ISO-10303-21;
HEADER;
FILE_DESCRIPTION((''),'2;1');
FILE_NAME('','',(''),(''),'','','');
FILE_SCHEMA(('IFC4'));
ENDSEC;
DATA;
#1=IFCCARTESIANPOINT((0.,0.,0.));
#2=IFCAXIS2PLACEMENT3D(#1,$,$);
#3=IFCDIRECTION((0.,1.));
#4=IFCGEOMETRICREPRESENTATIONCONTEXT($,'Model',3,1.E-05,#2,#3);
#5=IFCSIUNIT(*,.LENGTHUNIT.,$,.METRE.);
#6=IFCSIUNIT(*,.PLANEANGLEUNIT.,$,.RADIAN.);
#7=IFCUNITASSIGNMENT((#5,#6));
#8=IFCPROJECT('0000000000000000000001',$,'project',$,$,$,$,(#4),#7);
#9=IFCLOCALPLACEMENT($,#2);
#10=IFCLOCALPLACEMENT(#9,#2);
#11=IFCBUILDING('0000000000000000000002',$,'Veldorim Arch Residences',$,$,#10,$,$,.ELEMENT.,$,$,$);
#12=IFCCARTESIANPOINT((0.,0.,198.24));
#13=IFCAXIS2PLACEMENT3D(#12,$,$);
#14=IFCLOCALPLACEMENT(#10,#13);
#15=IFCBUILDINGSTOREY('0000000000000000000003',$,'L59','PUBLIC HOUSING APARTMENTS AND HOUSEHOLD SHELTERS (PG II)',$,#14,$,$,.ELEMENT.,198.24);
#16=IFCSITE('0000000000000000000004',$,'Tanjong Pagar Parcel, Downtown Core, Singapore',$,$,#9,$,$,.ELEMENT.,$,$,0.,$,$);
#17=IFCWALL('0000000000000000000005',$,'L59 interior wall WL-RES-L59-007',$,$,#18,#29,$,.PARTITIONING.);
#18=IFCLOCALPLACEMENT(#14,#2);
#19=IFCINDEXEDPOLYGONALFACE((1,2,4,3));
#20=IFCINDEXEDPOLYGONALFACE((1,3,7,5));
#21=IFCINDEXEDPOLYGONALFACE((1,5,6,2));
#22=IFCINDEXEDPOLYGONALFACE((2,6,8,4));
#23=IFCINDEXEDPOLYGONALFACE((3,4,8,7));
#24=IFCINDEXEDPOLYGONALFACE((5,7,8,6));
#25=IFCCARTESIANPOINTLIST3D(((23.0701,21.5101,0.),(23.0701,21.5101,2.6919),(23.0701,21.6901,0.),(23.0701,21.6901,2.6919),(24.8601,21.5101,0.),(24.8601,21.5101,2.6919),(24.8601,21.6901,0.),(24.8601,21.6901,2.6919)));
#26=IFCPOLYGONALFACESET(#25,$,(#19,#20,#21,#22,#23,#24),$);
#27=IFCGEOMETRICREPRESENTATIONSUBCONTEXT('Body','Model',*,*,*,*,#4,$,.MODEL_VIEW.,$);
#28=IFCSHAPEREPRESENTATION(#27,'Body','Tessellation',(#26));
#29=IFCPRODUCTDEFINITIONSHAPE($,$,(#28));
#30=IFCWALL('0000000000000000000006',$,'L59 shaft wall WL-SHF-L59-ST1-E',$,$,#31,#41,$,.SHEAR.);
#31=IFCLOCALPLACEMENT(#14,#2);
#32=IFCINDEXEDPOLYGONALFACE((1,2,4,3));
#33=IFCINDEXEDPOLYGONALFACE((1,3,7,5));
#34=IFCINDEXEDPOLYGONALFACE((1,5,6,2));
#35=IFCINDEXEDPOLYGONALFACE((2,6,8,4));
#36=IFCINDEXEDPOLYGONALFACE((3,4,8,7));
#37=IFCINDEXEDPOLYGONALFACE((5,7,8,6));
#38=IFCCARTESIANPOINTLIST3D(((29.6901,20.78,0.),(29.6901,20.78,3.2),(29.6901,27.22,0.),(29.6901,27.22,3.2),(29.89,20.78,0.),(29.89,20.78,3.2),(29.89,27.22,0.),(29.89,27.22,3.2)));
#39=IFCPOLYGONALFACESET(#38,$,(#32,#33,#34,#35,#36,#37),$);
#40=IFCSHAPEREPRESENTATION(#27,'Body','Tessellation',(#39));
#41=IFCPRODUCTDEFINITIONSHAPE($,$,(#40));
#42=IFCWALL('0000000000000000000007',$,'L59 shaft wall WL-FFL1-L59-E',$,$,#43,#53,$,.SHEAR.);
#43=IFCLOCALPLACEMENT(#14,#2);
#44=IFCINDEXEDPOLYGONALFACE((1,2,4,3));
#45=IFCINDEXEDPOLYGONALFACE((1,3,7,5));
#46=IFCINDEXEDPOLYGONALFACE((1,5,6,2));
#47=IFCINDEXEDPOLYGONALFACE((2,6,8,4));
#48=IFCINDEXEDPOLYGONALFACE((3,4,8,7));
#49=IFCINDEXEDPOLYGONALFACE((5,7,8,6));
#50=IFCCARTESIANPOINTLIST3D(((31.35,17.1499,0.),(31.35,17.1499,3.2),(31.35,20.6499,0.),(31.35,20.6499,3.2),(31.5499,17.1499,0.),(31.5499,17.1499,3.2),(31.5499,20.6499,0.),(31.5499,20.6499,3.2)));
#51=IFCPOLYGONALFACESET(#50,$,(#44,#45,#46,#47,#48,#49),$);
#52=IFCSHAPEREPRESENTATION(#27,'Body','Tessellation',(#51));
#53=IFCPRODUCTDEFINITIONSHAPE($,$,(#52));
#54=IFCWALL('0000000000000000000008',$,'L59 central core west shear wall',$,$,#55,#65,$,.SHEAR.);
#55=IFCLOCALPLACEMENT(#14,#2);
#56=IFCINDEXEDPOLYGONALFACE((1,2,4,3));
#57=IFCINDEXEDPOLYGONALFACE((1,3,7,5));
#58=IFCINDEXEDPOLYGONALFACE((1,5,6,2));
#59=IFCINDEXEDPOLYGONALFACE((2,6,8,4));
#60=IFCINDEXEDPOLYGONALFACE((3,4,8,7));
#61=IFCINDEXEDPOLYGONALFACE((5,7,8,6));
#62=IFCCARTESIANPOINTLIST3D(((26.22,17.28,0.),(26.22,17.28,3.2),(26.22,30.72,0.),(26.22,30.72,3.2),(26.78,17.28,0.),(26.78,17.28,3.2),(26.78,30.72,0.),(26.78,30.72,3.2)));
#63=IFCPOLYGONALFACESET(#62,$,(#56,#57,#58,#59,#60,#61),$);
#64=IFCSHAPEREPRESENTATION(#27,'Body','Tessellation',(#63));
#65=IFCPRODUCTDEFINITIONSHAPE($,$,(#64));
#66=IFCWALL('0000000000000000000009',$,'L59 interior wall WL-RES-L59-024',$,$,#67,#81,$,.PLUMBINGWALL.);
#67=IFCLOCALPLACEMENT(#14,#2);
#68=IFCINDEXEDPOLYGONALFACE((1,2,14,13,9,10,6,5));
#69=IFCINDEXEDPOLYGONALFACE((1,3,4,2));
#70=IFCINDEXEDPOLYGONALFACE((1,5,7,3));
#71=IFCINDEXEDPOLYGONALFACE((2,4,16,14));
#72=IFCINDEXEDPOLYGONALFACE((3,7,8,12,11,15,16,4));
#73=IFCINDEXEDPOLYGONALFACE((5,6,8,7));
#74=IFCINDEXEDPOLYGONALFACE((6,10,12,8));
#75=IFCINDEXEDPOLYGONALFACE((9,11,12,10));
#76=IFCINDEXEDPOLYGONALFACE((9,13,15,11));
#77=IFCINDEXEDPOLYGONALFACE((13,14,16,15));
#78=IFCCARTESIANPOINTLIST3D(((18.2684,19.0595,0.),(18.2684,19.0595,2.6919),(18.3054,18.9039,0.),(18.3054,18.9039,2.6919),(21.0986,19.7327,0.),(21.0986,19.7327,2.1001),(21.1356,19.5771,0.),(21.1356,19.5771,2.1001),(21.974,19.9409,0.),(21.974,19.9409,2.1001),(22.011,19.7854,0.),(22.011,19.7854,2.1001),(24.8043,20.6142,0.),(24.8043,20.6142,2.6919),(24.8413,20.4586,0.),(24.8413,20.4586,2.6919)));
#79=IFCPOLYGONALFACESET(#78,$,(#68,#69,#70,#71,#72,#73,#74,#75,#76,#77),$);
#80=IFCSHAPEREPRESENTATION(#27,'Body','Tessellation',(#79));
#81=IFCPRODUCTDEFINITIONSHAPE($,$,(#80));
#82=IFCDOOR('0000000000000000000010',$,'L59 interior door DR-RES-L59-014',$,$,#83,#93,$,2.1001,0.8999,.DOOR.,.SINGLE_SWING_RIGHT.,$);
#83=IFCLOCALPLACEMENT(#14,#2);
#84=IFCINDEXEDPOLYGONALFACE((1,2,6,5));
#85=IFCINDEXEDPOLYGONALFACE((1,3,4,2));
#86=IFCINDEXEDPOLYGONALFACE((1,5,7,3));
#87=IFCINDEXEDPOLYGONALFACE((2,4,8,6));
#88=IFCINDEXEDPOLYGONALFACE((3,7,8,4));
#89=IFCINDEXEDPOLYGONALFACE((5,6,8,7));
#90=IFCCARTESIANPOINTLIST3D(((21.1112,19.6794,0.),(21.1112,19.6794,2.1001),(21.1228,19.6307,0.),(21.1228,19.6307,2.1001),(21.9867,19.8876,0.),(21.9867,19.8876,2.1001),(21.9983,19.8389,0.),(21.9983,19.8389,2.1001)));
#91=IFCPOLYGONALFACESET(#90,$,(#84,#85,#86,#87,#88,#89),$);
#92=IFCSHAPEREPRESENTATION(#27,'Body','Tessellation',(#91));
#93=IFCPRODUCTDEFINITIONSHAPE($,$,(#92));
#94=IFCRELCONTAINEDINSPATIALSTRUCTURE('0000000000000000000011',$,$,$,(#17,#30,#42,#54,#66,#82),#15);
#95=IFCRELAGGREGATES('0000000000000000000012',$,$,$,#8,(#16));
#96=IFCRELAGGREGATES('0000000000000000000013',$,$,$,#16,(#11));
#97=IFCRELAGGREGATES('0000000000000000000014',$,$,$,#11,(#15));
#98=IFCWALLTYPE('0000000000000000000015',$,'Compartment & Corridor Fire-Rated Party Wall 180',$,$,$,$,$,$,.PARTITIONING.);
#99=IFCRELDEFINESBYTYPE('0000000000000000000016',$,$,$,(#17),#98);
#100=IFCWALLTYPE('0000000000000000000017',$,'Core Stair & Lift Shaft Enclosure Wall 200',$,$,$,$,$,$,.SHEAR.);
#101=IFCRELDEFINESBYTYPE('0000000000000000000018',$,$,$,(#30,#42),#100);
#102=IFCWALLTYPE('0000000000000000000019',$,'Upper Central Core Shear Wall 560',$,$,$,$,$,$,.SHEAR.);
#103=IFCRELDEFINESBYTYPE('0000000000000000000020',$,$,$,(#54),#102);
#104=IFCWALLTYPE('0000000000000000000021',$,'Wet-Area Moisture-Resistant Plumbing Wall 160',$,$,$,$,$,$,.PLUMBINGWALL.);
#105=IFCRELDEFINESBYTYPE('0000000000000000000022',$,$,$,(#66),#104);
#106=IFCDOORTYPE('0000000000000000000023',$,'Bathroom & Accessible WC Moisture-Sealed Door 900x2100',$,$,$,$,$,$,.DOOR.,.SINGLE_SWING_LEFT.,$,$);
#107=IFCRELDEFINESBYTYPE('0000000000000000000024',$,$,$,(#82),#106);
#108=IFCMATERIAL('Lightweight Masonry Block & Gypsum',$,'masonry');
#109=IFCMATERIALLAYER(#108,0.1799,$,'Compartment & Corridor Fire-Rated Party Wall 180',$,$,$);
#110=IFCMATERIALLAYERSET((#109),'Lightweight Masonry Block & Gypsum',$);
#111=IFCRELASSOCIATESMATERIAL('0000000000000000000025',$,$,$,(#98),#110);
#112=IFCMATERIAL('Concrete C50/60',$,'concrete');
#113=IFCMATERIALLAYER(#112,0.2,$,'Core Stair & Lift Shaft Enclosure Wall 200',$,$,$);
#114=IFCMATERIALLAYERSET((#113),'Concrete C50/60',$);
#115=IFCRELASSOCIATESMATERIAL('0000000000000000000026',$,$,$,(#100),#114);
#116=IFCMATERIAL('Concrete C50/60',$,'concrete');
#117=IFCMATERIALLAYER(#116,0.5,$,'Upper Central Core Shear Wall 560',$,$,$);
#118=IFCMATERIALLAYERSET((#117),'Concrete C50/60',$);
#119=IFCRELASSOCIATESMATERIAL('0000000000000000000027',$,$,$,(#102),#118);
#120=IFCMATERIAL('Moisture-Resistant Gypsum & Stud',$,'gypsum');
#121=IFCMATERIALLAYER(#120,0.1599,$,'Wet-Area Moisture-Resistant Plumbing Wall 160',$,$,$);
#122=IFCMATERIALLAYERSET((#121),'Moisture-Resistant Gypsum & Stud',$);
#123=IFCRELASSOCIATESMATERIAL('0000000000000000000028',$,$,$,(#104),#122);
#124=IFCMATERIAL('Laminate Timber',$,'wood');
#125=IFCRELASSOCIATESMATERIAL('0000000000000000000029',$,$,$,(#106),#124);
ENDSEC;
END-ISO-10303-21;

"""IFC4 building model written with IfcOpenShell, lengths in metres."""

from ifc_helpers import new_model, si_unit, direction, frame, frame_2d, origin, place, context, subcontext, project, spatial, rectangle, extrude, material, layer, layer_set, type_object, element, fill, save


model = new_model("IFC4")

# Units and contexts
model_context = context("Model", 3, precision=1e-05, world=origin(), true_north=direction((0.0, 1.0)))
body_context = subcontext(model_context, "Body", "Model", "MODEL_VIEW")
ifc_project = project(units=[si_unit("LENGTHUNIT", "METRE"), si_unit("PLANEANGLEUNIT", "RADIAN")], contexts=[model_context])

# Site, building, storey
site_placement = place(None, origin())
site = spatial("IfcSite", under=ifc_project, at=site_placement, Name="Tanjong Pagar Parcel, Downtown Core, Singapore", CompositionType="ELEMENT", RefElevation=0.0)
building_placement = place(site_placement, origin())
building = spatial("IfcBuilding", under=site, at=building_placement, Name="Veldorim Arch Residences", CompositionType="ELEMENT")
storey_placement = place(building_placement, frame((0.0, 0.0, 198.24)))
storey = spatial("IfcBuildingStorey", under=building, at=storey_placement, Name="L59", Description="PUBLIC HOUSING APARTMENTS AND HOUSEHOLD SHELTERS (PG II)", CompositionType="ELEMENT", Elevation=198.24)

# Wall
ifc_material_1 = material(Name="Lightweight Masonry Block & Gypsum", Category="masonry")
ifc_layer_1 = layer(ifc_material_1, 0.1799, Name="Compartment & Corridor Fire-Rated Party Wall 180")
ifc_layer_set_1 = layer_set([ifc_layer_1], Name="Lightweight Masonry Block & Gypsum")
wall_type_1 = type_object("IfcWallType", Name="Compartment & Corridor Fire-Rated Party Wall 180", PredefinedType="PARTITIONING", material=ifc_layer_set_1)
wall_1_placement = place(storey_placement, frame((24.8601, 21.6001, 0.0), z_axis=(0.0, 0.0, 1.0), x_axis=(-1.0, 0.0, 0.0)))
element("IfcWall", 1, at=wall_1_placement, inside=storey, type_object=wall_type_1, Name="L59 interior wall WL-RES-L59-007", PredefinedType="PARTITIONING", context=body_context, shape_type="SweptSolid", body=[
    extrude(rectangle(XDim=1.79, YDim=0.1799, at=frame_2d((0.895, 0.0))), origin(), (0.0, 0.0, 1.0), 2.6919),
])

# Wall
ifc_material_2 = material(Name="Concrete C50/60", Category="concrete")
ifc_layer_2 = layer(ifc_material_2, 0.2, Name="Core Stair & Lift Shaft Enclosure Wall 200")
ifc_layer_set_2 = layer_set([ifc_layer_2], Name="Concrete C50/60")
wall_type_2 = type_object("IfcWallType", Name="Core Stair & Lift Shaft Enclosure Wall 200", PredefinedType="SHEAR", material=ifc_layer_set_2)
wall_2_placement = place(storey_placement, frame((29.79, 20.78, 0.0), z_axis=(0.0, 0.0, 1.0), x_axis=(0.0, 1.0, 0.0)))
element("IfcWall", 2, at=wall_2_placement, inside=storey, type_object=wall_type_2, Name="L59 shaft wall WL-SHF-L59-ST1-E", PredefinedType="SHEAR", context=body_context, shape_type="SweptSolid", body=[
    extrude(rectangle(XDim=6.4399, YDim=0.2, at=frame_2d((3.22, 0.0))), origin(), (0.0, 0.0, 1.0), 3.2),
])

# Wall
wall_3_placement = place(storey_placement, frame((31.45, 17.1499, 0.0), z_axis=(0.0, 0.0, 1.0), x_axis=(0.0, 1.0, 0.0)))
element("IfcWall", 3, at=wall_3_placement, inside=storey, type_object=wall_type_2, Name="L59 shaft wall WL-FFL1-L59-E", PredefinedType="SHEAR", context=body_context, shape_type="SweptSolid", body=[
    extrude(rectangle(XDim=3.5, YDim=0.2, at=frame_2d((1.75, 0.0))), origin(), (0.0, 0.0, 1.0), 3.2),
])

# Shared definitions
ifc_material_3 = material(Name="Concrete C50/60", Category="concrete")
ifc_layer_3 = layer(ifc_material_3, 0.5, Name="Upper Central Core Shear Wall 560")
ifc_layer_set_3 = layer_set([ifc_layer_3], Name="Concrete C50/60")
wall_type_3 = type_object("IfcWallType", Name="Upper Central Core Shear Wall 560", PredefinedType="SHEAR", material=ifc_layer_set_3)

# Wall
wall_4_placement = place(storey_placement, frame((26.5, 17.28, 0.0), z_axis=(0.0, 0.0, 1.0), x_axis=(0.0, 1.0, 0.0)))
element("IfcWall", 4, at=wall_4_placement, inside=storey, type_object=wall_type_3, Name="L59 central core west shear wall", PredefinedType="SHEAR", context=body_context, shape_type="SweptSolid", body=[
    extrude(rectangle(XDim=13.4399, YDim=0.5601, at=frame_2d((6.72, 0.0))), origin(), (0.0, 0.0, 1.0), 3.2),
])

# Wall, opening, door
ifc_material_4 = material(Name="Moisture-Resistant Gypsum & Stud", Category="gypsum")
ifc_layer_4 = layer(ifc_material_4, 0.1599, Name="Wet-Area Moisture-Resistant Plumbing Wall 160")
ifc_layer_set_4 = layer_set([ifc_layer_4], Name="Moisture-Resistant Gypsum & Stud")
wall_type_4 = type_object("IfcWallType", Name="Wet-Area Moisture-Resistant Plumbing Wall 160", PredefinedType="PLUMBINGWALL", material=ifc_layer_set_4)
wall_5_placement = place(storey_placement, frame((24.8228, 20.5364, 0.0), z_axis=(0.0, 0.0, 1.0), x_axis=(-0.972856, -0.231413, 0.0)))
wall_5 = element("IfcWall", 5, at=wall_5_placement, inside=storey, type_object=wall_type_4, Name="L59 interior wall WL-RES-L59-024", PredefinedType="PLUMBINGWALL", context=body_context, shape_type="SweptSolid", body=[
    extrude(rectangle(XDim=6.7183, YDim=0.1599, at=frame_2d((3.3591, 0.0))), origin(), (0.0, 0.0, 1.0), 2.6919),
])
opening_1_placement = place(wall_5_placement, frame((2.9092, 0.0, 0.0)))
opening_1 = element("IfcOpeningElement", 6, at=opening_1_placement, cuts=wall_5, PredefinedType="OPENING", context=body_context, shape_type="SweptSolid", body=[
    extrude(rectangle(XDim=0.8999, YDim=2.1001, at=frame_2d((0.45, 1.05))), frame((0.0, 0.0898, 0.0), z_axis=(0.0, -1.0, 0.0), x_axis=(1.0, 0.0, 0.0)), (0.0, 0.0, 1.0), 0.1799),
])
ifc_material_5 = material(Name="Laminate Timber", Category="wood")
door_type_1 = type_object("IfcDoorType", Name="Bathroom & Accessible WC Moisture-Sealed Door 900x2100", OperationType="SINGLE_SWING_LEFT", PredefinedType="DOOR", material=ifc_material_5)
door_1_placement = place(opening_1_placement, origin())
door_1 = element("IfcDoor", 7, at=door_1_placement, inside=storey, type_object=door_type_1, Name="L59 interior door DR-RES-L59-014", OperationType="SINGLE_SWING_RIGHT", OverallHeight=2.1001, OverallWidth=0.8999, PredefinedType="DOOR", context=body_context, shape_type="SweptSolid", body=[
    extrude(rectangle(XDim=0.8999, YDim=2.1001, at=frame_2d((0.45, 1.05))), frame((0.0, 0.0249, 0.0), z_axis=(0.0, -1.0, 0.0), x_axis=(1.0, 0.0, 0.0)), (0.0, 0.0, 1.0), 0.05),
])
fill(opening_1, door_1)

save(model, "model.ifc")
